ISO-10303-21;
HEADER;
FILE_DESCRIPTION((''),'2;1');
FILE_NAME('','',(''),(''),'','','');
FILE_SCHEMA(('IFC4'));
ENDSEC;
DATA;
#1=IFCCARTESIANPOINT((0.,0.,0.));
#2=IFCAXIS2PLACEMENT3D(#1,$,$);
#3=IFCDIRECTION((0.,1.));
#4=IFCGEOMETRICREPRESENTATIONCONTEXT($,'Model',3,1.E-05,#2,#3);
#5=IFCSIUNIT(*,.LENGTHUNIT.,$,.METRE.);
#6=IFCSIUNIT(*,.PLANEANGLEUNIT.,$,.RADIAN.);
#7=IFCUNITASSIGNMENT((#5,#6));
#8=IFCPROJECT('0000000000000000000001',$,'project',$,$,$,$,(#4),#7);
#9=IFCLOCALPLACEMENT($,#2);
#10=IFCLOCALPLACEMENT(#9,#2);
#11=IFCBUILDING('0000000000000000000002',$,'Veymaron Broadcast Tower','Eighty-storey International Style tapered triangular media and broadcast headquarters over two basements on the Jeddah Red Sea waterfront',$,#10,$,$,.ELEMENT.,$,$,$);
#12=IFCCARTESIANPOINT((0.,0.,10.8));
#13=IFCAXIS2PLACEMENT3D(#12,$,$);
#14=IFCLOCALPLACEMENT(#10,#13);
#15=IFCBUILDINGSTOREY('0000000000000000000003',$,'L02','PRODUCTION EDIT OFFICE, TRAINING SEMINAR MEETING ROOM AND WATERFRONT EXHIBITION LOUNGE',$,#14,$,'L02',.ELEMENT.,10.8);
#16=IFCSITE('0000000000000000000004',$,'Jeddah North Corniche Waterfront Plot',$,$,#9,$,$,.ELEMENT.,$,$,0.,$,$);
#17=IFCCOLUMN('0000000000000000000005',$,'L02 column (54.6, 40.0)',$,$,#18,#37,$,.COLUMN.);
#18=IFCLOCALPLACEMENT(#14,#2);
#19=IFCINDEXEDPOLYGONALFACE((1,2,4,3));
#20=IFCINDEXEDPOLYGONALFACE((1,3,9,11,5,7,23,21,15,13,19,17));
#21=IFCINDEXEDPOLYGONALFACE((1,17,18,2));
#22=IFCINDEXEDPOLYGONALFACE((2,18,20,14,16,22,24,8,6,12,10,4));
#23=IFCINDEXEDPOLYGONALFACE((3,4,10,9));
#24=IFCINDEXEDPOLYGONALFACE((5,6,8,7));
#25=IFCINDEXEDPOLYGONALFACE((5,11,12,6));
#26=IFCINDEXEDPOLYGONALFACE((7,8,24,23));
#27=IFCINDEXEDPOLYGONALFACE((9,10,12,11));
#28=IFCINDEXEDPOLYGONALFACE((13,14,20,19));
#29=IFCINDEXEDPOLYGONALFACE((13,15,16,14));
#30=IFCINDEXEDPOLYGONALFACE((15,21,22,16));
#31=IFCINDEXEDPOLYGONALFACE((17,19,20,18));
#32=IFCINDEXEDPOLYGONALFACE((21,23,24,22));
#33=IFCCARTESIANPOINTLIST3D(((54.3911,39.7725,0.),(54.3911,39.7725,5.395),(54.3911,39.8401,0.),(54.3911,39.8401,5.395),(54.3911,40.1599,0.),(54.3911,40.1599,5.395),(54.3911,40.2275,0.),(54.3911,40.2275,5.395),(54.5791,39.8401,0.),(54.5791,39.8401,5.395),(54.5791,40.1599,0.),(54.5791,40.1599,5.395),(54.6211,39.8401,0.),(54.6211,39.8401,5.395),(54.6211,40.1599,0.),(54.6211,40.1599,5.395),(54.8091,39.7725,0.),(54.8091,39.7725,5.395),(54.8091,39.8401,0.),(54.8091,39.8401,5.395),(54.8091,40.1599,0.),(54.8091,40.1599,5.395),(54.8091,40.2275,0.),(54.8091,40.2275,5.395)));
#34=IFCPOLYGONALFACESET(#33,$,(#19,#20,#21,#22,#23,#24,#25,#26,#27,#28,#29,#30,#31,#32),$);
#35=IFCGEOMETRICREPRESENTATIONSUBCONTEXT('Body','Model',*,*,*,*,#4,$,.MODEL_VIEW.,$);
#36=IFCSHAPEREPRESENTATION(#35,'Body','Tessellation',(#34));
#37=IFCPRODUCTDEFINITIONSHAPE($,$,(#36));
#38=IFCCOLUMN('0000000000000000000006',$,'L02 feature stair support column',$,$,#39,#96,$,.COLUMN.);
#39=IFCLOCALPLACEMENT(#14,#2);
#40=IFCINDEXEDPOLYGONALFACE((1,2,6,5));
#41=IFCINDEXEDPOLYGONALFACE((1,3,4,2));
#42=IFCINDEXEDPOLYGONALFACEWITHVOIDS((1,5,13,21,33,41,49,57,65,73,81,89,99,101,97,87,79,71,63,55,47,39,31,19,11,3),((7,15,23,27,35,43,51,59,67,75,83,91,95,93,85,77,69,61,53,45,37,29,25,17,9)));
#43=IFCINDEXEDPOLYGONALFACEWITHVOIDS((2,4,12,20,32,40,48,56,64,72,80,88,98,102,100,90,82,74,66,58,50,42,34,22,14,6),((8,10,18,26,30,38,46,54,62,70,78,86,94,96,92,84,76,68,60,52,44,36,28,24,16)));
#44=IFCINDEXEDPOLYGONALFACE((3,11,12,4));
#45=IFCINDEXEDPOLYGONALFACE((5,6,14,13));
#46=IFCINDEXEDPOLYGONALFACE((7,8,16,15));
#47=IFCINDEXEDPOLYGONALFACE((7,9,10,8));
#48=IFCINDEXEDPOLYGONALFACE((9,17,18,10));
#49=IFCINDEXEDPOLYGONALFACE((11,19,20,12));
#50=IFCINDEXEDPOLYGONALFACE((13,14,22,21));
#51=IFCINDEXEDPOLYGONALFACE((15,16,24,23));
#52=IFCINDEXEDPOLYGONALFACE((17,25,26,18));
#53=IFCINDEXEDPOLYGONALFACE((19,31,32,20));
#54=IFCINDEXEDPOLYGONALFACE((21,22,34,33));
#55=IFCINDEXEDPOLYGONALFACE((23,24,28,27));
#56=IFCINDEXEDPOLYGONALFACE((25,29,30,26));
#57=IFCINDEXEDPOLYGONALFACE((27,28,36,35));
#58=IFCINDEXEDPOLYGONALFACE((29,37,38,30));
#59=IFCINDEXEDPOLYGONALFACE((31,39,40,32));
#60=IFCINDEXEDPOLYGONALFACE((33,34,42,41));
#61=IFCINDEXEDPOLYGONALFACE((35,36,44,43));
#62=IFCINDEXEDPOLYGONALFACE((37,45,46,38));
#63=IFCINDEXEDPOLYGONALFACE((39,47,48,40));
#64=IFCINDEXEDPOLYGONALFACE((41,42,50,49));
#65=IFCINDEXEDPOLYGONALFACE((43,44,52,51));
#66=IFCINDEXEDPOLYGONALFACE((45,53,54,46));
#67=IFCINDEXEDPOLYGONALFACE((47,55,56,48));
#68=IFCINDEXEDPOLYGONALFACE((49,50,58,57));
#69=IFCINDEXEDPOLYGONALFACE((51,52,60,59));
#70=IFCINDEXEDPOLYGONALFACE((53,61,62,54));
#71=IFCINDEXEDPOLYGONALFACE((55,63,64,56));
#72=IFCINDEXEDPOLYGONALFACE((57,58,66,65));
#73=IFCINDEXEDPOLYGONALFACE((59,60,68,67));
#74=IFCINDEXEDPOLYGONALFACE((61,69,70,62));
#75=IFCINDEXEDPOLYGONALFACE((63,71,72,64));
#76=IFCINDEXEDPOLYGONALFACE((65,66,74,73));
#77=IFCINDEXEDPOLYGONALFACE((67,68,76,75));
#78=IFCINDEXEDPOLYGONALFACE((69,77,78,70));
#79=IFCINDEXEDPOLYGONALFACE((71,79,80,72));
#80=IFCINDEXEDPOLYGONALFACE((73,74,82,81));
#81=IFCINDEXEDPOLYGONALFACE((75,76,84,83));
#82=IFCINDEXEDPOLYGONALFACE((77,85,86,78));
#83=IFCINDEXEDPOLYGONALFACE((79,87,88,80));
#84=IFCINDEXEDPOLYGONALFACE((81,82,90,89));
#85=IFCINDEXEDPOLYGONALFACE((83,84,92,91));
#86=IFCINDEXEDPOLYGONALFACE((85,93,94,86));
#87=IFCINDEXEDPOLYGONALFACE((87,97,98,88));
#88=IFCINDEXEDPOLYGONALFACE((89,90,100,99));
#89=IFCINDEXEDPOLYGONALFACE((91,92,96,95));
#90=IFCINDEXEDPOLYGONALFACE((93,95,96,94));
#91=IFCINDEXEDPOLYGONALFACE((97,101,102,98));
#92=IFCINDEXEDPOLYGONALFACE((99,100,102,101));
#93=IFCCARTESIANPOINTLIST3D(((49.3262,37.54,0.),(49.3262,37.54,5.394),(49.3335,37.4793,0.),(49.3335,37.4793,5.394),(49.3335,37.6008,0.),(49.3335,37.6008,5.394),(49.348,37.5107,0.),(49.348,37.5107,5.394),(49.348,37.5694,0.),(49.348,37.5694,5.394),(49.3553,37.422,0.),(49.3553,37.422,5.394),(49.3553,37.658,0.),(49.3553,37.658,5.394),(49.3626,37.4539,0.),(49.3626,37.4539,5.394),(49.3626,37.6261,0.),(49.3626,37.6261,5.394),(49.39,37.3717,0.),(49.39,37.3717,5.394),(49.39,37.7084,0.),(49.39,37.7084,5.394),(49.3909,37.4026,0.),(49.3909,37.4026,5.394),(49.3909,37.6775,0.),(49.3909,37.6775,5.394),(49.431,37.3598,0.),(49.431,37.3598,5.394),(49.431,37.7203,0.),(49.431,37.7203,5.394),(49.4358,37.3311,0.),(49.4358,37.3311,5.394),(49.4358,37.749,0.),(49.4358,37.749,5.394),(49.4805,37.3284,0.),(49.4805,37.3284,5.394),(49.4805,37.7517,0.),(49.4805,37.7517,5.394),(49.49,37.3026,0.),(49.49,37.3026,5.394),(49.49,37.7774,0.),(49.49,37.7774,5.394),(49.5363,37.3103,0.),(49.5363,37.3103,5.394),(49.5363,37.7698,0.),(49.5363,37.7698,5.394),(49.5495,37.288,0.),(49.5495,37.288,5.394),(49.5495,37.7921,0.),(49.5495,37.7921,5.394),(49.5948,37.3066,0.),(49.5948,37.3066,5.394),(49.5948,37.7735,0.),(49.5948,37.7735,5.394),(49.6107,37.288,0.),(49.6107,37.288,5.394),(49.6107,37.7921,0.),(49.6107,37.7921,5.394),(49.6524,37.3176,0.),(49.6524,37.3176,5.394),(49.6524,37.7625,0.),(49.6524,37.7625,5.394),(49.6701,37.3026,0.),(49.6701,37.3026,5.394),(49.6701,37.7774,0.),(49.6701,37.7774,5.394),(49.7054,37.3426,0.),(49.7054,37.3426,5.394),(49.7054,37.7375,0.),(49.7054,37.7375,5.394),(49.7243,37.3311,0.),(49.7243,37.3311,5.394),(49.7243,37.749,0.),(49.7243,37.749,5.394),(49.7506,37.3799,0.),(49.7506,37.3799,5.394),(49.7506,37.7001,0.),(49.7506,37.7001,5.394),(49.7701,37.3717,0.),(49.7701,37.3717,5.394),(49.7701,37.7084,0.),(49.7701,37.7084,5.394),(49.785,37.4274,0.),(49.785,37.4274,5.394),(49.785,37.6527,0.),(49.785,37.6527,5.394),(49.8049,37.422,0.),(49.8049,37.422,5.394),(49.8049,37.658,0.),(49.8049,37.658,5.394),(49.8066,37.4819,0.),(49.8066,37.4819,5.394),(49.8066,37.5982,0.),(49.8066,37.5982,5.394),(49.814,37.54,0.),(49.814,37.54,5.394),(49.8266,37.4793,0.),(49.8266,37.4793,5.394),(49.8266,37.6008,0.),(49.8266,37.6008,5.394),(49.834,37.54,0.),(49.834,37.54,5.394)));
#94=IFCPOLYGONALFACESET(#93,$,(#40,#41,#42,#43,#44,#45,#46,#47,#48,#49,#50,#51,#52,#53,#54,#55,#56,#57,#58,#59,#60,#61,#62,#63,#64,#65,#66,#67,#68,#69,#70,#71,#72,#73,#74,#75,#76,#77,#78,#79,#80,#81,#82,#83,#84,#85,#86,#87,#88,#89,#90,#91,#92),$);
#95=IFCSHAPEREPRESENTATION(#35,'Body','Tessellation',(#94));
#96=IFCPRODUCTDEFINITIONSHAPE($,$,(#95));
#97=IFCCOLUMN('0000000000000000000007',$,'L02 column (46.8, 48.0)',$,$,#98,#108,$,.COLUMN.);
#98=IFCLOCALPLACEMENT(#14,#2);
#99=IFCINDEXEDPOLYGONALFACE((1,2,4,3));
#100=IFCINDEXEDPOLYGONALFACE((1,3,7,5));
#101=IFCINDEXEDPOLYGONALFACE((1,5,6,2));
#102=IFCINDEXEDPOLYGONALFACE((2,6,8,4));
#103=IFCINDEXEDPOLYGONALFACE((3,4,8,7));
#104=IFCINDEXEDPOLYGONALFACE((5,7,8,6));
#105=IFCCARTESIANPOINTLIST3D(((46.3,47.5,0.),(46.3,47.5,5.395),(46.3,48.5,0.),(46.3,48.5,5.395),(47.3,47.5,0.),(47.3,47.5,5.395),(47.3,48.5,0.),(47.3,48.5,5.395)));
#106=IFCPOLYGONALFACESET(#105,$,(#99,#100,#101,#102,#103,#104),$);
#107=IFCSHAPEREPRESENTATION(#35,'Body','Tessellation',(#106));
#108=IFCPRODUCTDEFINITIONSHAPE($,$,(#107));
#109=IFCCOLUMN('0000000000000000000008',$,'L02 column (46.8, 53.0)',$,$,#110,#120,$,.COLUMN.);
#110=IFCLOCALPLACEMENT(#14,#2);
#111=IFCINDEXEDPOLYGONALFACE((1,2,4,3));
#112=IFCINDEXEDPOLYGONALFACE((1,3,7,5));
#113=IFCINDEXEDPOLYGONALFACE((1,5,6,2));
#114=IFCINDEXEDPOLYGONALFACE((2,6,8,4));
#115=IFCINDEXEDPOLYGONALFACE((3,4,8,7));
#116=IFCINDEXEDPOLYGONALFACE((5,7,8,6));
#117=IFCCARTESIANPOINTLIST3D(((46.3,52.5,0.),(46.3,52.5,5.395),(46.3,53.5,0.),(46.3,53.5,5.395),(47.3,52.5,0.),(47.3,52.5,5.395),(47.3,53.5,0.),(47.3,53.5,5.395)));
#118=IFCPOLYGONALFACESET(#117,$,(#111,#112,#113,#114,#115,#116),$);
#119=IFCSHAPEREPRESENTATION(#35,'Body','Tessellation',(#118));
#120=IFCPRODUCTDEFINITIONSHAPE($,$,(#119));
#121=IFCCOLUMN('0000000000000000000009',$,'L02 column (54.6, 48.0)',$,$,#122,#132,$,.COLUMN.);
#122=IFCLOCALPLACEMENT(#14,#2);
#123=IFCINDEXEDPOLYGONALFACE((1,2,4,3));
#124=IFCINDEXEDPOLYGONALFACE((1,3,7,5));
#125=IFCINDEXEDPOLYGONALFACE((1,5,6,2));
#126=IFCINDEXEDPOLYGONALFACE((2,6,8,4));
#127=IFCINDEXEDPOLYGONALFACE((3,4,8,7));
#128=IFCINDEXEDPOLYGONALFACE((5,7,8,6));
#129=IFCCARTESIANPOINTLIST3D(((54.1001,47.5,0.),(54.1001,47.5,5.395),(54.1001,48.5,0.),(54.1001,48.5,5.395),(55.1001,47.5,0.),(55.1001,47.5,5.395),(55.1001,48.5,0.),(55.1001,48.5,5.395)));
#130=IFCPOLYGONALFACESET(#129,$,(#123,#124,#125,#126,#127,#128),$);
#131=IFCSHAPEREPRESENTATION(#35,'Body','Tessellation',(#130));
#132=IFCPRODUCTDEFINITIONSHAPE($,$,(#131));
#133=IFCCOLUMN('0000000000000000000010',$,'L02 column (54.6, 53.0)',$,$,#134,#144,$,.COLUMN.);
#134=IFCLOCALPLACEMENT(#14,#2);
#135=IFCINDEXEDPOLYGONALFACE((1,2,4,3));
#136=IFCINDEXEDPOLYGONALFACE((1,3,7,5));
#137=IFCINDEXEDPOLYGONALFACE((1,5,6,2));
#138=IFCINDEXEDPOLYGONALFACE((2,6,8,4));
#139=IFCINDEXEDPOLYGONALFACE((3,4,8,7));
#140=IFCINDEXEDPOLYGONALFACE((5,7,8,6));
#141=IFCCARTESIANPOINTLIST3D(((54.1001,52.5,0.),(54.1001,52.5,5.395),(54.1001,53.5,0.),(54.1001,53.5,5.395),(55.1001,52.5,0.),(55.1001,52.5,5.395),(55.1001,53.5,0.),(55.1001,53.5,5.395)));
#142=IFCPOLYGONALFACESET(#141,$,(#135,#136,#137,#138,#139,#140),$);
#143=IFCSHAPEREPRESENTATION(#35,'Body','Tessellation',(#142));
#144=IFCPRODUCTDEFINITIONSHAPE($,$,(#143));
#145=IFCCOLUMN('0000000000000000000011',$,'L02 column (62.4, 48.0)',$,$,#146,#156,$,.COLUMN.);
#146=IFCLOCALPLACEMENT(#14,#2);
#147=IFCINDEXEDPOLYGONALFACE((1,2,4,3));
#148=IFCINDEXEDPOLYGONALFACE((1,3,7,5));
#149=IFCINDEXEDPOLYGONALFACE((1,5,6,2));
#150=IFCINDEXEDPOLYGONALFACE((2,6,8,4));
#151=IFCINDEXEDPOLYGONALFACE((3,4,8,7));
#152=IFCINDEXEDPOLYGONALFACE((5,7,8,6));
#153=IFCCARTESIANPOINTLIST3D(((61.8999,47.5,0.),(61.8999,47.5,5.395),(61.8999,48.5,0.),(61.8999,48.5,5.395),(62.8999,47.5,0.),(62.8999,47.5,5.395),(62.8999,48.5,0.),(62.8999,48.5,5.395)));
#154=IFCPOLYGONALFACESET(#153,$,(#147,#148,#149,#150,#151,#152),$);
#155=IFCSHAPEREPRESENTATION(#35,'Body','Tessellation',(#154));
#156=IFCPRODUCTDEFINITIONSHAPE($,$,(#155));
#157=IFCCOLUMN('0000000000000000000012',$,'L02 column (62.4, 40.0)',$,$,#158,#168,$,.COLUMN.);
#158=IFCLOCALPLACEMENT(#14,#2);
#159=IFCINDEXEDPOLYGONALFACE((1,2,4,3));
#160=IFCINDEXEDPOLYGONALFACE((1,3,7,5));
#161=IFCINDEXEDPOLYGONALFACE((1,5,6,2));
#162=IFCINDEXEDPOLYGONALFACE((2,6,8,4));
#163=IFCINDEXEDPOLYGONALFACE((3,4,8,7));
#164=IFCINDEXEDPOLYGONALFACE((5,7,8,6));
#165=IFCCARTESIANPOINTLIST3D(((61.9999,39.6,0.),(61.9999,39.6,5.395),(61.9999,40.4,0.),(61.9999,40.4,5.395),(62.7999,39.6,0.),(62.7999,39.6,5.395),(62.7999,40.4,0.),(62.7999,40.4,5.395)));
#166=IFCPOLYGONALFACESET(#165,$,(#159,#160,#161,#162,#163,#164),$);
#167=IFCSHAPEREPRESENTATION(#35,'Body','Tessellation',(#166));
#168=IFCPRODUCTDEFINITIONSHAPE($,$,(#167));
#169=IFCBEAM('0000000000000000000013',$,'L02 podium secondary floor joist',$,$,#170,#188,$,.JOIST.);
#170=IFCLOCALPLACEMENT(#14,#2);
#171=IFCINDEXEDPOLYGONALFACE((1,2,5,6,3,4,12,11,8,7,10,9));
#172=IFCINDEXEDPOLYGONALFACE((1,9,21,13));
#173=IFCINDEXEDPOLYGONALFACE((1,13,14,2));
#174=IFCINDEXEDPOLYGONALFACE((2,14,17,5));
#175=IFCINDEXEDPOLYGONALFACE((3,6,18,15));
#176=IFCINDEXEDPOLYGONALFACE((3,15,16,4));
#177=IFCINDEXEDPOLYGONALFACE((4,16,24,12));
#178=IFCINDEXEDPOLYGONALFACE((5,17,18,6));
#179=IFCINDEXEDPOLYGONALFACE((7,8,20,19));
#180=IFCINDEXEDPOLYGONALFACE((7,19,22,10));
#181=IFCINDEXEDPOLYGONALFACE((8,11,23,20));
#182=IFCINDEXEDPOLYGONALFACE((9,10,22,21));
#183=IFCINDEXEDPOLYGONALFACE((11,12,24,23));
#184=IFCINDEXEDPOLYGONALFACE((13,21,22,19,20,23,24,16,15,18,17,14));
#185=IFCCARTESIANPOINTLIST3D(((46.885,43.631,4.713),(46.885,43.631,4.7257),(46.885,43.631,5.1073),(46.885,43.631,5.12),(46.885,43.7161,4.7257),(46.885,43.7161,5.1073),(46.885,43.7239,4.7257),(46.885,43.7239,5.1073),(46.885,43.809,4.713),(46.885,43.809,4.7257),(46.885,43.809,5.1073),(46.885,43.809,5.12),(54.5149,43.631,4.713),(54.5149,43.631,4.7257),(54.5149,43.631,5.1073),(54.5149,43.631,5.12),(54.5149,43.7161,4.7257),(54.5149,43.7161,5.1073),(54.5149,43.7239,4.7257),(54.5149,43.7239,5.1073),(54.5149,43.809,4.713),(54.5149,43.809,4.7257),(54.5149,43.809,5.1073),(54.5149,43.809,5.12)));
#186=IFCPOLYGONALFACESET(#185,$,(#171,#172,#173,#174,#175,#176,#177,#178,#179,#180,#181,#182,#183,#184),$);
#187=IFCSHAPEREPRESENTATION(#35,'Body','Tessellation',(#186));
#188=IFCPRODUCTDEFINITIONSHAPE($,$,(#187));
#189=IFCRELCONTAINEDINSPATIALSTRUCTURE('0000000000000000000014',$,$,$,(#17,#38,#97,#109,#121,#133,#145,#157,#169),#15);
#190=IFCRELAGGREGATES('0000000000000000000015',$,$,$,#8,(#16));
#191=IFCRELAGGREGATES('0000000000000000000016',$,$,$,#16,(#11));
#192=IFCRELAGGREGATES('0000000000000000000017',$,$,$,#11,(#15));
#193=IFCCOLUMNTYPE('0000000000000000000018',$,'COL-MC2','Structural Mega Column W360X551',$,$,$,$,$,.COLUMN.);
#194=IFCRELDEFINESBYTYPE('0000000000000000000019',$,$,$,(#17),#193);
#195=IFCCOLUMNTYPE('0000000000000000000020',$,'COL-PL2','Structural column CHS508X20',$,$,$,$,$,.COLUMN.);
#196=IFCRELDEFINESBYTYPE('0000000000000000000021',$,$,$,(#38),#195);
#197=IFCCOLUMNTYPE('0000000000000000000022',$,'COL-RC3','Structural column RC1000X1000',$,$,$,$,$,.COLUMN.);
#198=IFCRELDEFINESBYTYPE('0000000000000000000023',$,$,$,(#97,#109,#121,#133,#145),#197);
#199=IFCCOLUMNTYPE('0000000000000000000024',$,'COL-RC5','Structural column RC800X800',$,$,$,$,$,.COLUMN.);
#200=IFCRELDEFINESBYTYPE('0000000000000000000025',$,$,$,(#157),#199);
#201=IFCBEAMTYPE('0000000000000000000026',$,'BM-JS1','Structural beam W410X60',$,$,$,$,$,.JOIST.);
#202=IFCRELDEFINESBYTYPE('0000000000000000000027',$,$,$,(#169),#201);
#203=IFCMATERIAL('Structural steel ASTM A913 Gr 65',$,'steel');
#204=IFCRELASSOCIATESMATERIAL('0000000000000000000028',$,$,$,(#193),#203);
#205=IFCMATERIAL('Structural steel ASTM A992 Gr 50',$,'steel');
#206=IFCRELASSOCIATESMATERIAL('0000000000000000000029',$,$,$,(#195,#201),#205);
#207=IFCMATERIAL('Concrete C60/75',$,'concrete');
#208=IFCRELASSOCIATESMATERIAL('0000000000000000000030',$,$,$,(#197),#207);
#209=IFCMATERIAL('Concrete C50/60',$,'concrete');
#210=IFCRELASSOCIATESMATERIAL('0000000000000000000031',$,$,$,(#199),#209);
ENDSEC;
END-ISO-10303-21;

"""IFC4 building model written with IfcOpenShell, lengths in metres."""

from ifc_helpers import new_model, si_unit, direction, frame, origin, origin_2d, place, context, subcontext, project, spatial, rectangle, hollow_circle, i_section, extrude, material, material_profile, profile_set, type_object, element, save


model = new_model("IFC4")

# Units and contexts
model_context = context("Model", 3, precision=1e-05, world=origin(), true_north=direction((0.0, 1.0)))
body_context = subcontext(model_context, "Body", "Model", "MODEL_VIEW")
ifc_project = project(units=[si_unit("LENGTHUNIT", "METRE"), si_unit("PLANEANGLEUNIT", "RADIAN")], contexts=[model_context])

# Site, building, storey
site_placement = place(None, origin())
site = spatial("IfcSite", under=ifc_project, at=site_placement, Name="Jeddah North Corniche Waterfront Plot", CompositionType="ELEMENT", RefElevation=0.0)
building_placement = place(site_placement, origin())
building = spatial("IfcBuilding", under=site, at=building_placement, Name="Veymaron Broadcast Tower", Description="Eighty-storey International Style tapered triangular media and broadcast headquarters over two basements on the Jeddah Red Sea waterfront", CompositionType="ELEMENT")
storey_placement = place(building_placement, frame((0.0, 0.0, 10.8)))
storey = spatial("IfcBuildingStorey", under=building, at=storey_placement, Name="L02", Description="PRODUCTION EDIT OFFICE, TRAINING SEMINAR MEETING ROOM AND WATERFRONT EXHIBITION LOUNGE", LongName="L02", CompositionType="ELEMENT", Elevation=10.8)

# Columns
ifc_material_1 = material(Name="Structural steel ASTM A913 Gr 65", Category="steel")
ifc_material_profile_1 = material_profile(ifc_material_1, i_section(OverallWidth=0.418, OverallDepth=0.4551, WebThickness=0.042, FlangeThickness=0.0676, at=origin_2d()), Name="W360X551")
ifc_profile_set_1 = profile_set([ifc_material_profile_1], Name="Structural steel ASTM A913 Gr 65")
column_type_1 = type_object("IfcColumnType", Name="COL-MC2", Description="Structural Mega Column W360X551", PredefinedType="COLUMN", material=ifc_profile_set_1)
column_1_placement = place(storey_placement, frame((54.6001, 40.0, 0.0), z_axis=(0.0, 0.0, 1.0), x_axis=(1.0, 0.0, 0.0)))
element("IfcColumn", 1, at=column_1_placement, inside=storey, type_object=column_type_1, Name="L02 column (54.6, 40.0)", PredefinedType="COLUMN", context=body_context, shape_type="SweptSolid", body=[
    extrude(i_section(OverallWidth=0.418, OverallDepth=0.4551, WebThickness=0.042, FlangeThickness=0.0676, at=origin_2d()), origin(), (0.0, 0.0, 1.0), 5.395),
])
ifc_material_2 = material(Name="Structural steel ASTM A992 Gr 50", Category="steel")
ifc_material_profile_2 = material_profile(ifc_material_2, hollow_circle(Radius=0.2539, WallThickness=0.02, at=origin_2d()), Name="CHS508X20")
ifc_profile_set_2 = profile_set([ifc_material_profile_2], Name="Structural steel ASTM A992 Gr 50")
column_type_2 = type_object("IfcColumnType", Name="COL-PL2", Description="Structural column CHS508X20", PredefinedType="COLUMN", material=ifc_profile_set_2)
column_2_placement = place(storey_placement, frame((49.5801, 37.54, 0.0), z_axis=(0.0, 0.0, 1.0), x_axis=(1.0, 0.0, 0.0)))
element("IfcColumn", 2, at=column_2_placement, inside=storey, type_object=column_type_2, Name="L02 feature stair support column", PredefinedType="COLUMN", context=body_context, shape_type="SweptSolid", body=[
    extrude(hollow_circle(Radius=0.2539, WallThickness=0.02, at=origin_2d()), origin(), (0.0, 0.0, 1.0), 5.394),
])
ifc_material_3 = material(Name="Concrete C60/75", Category="concrete")
ifc_material_profile_3 = material_profile(ifc_material_3, rectangle(XDim=1.0, YDim=1.0, at=origin_2d()), Name="RC1000X1000")
ifc_profile_set_3 = profile_set([ifc_material_profile_3], Name="Concrete C60/75")
column_type_3 = type_object("IfcColumnType", Name="COL-RC3", Description="Structural column RC1000X1000", PredefinedType="COLUMN", material=ifc_profile_set_3)
for number, where, z_axis, x_axis, name in (
    (3, (46.8, 48.0, 0.0), (0.0, 0.0, 1.0), (1.0, 0.0, 0.0), "L02 column (46.8, 48.0)"),
    (4, (46.8, 53.0, 0.0), (0.0, 0.0, 1.0), (1.0, 0.0, 0.0), "L02 column (46.8, 53.0)"),
    (5, (54.6001, 48.0, 0.0), (0.0, 0.0, 1.0), (1.0, 0.0, 0.0), "L02 column (54.6, 48.0)"),
    (6, (54.6001, 53.0, 0.0), (0.0, 0.0, 1.0), (1.0, 0.0, 0.0), "L02 column (54.6, 53.0)"),
    (7, (62.3999, 48.0, 0.0), (0.0, 0.0, 1.0), (1.0, 0.0, 0.0), "L02 column (62.4, 48.0)"),
):
    element("IfcColumn", number, at=place(storey_placement, frame(where, z_axis=z_axis, x_axis=x_axis)), inside=storey, type_object=column_type_3, Name=name, PredefinedType="COLUMN", context=body_context, shape_type="SweptSolid", body=[
        extrude(rectangle(XDim=1.0, YDim=1.0, at=origin_2d()), origin(), (0.0, 0.0, 1.0), 5.395),
    ])
ifc_material_4 = material(Name="Concrete C50/60", Category="concrete")
ifc_material_profile_4 = material_profile(ifc_material_4, rectangle(XDim=0.8, YDim=0.8, at=origin_2d()), Name="RC800X800")
ifc_profile_set_4 = profile_set([ifc_material_profile_4], Name="Concrete C50/60")
column_type_4 = type_object("IfcColumnType", Name="COL-RC5", Description="Structural column RC800X800", PredefinedType="COLUMN", material=ifc_profile_set_4)
column_3_placement = place(storey_placement, frame((62.3999, 40.0, 0.0), z_axis=(0.0, 0.0, 1.0), x_axis=(1.0, 0.0, 0.0)))
element("IfcColumn", 8, at=column_3_placement, inside=storey, type_object=column_type_4, Name="L02 column (62.4, 40.0)", PredefinedType="COLUMN", context=body_context, shape_type="SweptSolid", body=[
    extrude(rectangle(XDim=0.8, YDim=0.8, at=origin_2d()), origin(), (0.0, 0.0, 1.0), 5.395),
])

# Beam
ifc_material_profile_5 = material_profile(ifc_material_2, i_section(OverallWidth=0.178, OverallDepth=0.407, WebThickness=0.0078, FlangeThickness=0.0127, at=origin_2d()), Name="W410X60")
ifc_profile_set_5 = profile_set([ifc_material_profile_5], Name="Structural steel ASTM A992 Gr 50")
beam_type_1 = type_object("IfcBeamType", Name="BM-JS1", Description="Structural beam W410X60", PredefinedType="JOIST", material=ifc_profile_set_5)
for number, where, z_axis, x_axis, name in (
    (9, (46.885, 43.72, 4.9165), (1.0, 0.0, 0.0), (0.0, 1.0, 0.0), "L02 podium secondary floor joist"),
):
    element("IfcBeam", number, at=place(storey_placement, frame(where, z_axis=z_axis, x_axis=x_axis)), inside=storey, type_object=beam_type_1, Name=name, PredefinedType="JOIST", context=body_context, shape_type="SweptSolid", body=[
        extrude(i_section(OverallWidth=0.178, OverallDepth=0.407, WebThickness=0.0078, FlangeThickness=0.0127, at=origin_2d()), origin(), (0.0, 0.0, 1.0), 7.6299),
    ])

save(model, "model.ifc")
